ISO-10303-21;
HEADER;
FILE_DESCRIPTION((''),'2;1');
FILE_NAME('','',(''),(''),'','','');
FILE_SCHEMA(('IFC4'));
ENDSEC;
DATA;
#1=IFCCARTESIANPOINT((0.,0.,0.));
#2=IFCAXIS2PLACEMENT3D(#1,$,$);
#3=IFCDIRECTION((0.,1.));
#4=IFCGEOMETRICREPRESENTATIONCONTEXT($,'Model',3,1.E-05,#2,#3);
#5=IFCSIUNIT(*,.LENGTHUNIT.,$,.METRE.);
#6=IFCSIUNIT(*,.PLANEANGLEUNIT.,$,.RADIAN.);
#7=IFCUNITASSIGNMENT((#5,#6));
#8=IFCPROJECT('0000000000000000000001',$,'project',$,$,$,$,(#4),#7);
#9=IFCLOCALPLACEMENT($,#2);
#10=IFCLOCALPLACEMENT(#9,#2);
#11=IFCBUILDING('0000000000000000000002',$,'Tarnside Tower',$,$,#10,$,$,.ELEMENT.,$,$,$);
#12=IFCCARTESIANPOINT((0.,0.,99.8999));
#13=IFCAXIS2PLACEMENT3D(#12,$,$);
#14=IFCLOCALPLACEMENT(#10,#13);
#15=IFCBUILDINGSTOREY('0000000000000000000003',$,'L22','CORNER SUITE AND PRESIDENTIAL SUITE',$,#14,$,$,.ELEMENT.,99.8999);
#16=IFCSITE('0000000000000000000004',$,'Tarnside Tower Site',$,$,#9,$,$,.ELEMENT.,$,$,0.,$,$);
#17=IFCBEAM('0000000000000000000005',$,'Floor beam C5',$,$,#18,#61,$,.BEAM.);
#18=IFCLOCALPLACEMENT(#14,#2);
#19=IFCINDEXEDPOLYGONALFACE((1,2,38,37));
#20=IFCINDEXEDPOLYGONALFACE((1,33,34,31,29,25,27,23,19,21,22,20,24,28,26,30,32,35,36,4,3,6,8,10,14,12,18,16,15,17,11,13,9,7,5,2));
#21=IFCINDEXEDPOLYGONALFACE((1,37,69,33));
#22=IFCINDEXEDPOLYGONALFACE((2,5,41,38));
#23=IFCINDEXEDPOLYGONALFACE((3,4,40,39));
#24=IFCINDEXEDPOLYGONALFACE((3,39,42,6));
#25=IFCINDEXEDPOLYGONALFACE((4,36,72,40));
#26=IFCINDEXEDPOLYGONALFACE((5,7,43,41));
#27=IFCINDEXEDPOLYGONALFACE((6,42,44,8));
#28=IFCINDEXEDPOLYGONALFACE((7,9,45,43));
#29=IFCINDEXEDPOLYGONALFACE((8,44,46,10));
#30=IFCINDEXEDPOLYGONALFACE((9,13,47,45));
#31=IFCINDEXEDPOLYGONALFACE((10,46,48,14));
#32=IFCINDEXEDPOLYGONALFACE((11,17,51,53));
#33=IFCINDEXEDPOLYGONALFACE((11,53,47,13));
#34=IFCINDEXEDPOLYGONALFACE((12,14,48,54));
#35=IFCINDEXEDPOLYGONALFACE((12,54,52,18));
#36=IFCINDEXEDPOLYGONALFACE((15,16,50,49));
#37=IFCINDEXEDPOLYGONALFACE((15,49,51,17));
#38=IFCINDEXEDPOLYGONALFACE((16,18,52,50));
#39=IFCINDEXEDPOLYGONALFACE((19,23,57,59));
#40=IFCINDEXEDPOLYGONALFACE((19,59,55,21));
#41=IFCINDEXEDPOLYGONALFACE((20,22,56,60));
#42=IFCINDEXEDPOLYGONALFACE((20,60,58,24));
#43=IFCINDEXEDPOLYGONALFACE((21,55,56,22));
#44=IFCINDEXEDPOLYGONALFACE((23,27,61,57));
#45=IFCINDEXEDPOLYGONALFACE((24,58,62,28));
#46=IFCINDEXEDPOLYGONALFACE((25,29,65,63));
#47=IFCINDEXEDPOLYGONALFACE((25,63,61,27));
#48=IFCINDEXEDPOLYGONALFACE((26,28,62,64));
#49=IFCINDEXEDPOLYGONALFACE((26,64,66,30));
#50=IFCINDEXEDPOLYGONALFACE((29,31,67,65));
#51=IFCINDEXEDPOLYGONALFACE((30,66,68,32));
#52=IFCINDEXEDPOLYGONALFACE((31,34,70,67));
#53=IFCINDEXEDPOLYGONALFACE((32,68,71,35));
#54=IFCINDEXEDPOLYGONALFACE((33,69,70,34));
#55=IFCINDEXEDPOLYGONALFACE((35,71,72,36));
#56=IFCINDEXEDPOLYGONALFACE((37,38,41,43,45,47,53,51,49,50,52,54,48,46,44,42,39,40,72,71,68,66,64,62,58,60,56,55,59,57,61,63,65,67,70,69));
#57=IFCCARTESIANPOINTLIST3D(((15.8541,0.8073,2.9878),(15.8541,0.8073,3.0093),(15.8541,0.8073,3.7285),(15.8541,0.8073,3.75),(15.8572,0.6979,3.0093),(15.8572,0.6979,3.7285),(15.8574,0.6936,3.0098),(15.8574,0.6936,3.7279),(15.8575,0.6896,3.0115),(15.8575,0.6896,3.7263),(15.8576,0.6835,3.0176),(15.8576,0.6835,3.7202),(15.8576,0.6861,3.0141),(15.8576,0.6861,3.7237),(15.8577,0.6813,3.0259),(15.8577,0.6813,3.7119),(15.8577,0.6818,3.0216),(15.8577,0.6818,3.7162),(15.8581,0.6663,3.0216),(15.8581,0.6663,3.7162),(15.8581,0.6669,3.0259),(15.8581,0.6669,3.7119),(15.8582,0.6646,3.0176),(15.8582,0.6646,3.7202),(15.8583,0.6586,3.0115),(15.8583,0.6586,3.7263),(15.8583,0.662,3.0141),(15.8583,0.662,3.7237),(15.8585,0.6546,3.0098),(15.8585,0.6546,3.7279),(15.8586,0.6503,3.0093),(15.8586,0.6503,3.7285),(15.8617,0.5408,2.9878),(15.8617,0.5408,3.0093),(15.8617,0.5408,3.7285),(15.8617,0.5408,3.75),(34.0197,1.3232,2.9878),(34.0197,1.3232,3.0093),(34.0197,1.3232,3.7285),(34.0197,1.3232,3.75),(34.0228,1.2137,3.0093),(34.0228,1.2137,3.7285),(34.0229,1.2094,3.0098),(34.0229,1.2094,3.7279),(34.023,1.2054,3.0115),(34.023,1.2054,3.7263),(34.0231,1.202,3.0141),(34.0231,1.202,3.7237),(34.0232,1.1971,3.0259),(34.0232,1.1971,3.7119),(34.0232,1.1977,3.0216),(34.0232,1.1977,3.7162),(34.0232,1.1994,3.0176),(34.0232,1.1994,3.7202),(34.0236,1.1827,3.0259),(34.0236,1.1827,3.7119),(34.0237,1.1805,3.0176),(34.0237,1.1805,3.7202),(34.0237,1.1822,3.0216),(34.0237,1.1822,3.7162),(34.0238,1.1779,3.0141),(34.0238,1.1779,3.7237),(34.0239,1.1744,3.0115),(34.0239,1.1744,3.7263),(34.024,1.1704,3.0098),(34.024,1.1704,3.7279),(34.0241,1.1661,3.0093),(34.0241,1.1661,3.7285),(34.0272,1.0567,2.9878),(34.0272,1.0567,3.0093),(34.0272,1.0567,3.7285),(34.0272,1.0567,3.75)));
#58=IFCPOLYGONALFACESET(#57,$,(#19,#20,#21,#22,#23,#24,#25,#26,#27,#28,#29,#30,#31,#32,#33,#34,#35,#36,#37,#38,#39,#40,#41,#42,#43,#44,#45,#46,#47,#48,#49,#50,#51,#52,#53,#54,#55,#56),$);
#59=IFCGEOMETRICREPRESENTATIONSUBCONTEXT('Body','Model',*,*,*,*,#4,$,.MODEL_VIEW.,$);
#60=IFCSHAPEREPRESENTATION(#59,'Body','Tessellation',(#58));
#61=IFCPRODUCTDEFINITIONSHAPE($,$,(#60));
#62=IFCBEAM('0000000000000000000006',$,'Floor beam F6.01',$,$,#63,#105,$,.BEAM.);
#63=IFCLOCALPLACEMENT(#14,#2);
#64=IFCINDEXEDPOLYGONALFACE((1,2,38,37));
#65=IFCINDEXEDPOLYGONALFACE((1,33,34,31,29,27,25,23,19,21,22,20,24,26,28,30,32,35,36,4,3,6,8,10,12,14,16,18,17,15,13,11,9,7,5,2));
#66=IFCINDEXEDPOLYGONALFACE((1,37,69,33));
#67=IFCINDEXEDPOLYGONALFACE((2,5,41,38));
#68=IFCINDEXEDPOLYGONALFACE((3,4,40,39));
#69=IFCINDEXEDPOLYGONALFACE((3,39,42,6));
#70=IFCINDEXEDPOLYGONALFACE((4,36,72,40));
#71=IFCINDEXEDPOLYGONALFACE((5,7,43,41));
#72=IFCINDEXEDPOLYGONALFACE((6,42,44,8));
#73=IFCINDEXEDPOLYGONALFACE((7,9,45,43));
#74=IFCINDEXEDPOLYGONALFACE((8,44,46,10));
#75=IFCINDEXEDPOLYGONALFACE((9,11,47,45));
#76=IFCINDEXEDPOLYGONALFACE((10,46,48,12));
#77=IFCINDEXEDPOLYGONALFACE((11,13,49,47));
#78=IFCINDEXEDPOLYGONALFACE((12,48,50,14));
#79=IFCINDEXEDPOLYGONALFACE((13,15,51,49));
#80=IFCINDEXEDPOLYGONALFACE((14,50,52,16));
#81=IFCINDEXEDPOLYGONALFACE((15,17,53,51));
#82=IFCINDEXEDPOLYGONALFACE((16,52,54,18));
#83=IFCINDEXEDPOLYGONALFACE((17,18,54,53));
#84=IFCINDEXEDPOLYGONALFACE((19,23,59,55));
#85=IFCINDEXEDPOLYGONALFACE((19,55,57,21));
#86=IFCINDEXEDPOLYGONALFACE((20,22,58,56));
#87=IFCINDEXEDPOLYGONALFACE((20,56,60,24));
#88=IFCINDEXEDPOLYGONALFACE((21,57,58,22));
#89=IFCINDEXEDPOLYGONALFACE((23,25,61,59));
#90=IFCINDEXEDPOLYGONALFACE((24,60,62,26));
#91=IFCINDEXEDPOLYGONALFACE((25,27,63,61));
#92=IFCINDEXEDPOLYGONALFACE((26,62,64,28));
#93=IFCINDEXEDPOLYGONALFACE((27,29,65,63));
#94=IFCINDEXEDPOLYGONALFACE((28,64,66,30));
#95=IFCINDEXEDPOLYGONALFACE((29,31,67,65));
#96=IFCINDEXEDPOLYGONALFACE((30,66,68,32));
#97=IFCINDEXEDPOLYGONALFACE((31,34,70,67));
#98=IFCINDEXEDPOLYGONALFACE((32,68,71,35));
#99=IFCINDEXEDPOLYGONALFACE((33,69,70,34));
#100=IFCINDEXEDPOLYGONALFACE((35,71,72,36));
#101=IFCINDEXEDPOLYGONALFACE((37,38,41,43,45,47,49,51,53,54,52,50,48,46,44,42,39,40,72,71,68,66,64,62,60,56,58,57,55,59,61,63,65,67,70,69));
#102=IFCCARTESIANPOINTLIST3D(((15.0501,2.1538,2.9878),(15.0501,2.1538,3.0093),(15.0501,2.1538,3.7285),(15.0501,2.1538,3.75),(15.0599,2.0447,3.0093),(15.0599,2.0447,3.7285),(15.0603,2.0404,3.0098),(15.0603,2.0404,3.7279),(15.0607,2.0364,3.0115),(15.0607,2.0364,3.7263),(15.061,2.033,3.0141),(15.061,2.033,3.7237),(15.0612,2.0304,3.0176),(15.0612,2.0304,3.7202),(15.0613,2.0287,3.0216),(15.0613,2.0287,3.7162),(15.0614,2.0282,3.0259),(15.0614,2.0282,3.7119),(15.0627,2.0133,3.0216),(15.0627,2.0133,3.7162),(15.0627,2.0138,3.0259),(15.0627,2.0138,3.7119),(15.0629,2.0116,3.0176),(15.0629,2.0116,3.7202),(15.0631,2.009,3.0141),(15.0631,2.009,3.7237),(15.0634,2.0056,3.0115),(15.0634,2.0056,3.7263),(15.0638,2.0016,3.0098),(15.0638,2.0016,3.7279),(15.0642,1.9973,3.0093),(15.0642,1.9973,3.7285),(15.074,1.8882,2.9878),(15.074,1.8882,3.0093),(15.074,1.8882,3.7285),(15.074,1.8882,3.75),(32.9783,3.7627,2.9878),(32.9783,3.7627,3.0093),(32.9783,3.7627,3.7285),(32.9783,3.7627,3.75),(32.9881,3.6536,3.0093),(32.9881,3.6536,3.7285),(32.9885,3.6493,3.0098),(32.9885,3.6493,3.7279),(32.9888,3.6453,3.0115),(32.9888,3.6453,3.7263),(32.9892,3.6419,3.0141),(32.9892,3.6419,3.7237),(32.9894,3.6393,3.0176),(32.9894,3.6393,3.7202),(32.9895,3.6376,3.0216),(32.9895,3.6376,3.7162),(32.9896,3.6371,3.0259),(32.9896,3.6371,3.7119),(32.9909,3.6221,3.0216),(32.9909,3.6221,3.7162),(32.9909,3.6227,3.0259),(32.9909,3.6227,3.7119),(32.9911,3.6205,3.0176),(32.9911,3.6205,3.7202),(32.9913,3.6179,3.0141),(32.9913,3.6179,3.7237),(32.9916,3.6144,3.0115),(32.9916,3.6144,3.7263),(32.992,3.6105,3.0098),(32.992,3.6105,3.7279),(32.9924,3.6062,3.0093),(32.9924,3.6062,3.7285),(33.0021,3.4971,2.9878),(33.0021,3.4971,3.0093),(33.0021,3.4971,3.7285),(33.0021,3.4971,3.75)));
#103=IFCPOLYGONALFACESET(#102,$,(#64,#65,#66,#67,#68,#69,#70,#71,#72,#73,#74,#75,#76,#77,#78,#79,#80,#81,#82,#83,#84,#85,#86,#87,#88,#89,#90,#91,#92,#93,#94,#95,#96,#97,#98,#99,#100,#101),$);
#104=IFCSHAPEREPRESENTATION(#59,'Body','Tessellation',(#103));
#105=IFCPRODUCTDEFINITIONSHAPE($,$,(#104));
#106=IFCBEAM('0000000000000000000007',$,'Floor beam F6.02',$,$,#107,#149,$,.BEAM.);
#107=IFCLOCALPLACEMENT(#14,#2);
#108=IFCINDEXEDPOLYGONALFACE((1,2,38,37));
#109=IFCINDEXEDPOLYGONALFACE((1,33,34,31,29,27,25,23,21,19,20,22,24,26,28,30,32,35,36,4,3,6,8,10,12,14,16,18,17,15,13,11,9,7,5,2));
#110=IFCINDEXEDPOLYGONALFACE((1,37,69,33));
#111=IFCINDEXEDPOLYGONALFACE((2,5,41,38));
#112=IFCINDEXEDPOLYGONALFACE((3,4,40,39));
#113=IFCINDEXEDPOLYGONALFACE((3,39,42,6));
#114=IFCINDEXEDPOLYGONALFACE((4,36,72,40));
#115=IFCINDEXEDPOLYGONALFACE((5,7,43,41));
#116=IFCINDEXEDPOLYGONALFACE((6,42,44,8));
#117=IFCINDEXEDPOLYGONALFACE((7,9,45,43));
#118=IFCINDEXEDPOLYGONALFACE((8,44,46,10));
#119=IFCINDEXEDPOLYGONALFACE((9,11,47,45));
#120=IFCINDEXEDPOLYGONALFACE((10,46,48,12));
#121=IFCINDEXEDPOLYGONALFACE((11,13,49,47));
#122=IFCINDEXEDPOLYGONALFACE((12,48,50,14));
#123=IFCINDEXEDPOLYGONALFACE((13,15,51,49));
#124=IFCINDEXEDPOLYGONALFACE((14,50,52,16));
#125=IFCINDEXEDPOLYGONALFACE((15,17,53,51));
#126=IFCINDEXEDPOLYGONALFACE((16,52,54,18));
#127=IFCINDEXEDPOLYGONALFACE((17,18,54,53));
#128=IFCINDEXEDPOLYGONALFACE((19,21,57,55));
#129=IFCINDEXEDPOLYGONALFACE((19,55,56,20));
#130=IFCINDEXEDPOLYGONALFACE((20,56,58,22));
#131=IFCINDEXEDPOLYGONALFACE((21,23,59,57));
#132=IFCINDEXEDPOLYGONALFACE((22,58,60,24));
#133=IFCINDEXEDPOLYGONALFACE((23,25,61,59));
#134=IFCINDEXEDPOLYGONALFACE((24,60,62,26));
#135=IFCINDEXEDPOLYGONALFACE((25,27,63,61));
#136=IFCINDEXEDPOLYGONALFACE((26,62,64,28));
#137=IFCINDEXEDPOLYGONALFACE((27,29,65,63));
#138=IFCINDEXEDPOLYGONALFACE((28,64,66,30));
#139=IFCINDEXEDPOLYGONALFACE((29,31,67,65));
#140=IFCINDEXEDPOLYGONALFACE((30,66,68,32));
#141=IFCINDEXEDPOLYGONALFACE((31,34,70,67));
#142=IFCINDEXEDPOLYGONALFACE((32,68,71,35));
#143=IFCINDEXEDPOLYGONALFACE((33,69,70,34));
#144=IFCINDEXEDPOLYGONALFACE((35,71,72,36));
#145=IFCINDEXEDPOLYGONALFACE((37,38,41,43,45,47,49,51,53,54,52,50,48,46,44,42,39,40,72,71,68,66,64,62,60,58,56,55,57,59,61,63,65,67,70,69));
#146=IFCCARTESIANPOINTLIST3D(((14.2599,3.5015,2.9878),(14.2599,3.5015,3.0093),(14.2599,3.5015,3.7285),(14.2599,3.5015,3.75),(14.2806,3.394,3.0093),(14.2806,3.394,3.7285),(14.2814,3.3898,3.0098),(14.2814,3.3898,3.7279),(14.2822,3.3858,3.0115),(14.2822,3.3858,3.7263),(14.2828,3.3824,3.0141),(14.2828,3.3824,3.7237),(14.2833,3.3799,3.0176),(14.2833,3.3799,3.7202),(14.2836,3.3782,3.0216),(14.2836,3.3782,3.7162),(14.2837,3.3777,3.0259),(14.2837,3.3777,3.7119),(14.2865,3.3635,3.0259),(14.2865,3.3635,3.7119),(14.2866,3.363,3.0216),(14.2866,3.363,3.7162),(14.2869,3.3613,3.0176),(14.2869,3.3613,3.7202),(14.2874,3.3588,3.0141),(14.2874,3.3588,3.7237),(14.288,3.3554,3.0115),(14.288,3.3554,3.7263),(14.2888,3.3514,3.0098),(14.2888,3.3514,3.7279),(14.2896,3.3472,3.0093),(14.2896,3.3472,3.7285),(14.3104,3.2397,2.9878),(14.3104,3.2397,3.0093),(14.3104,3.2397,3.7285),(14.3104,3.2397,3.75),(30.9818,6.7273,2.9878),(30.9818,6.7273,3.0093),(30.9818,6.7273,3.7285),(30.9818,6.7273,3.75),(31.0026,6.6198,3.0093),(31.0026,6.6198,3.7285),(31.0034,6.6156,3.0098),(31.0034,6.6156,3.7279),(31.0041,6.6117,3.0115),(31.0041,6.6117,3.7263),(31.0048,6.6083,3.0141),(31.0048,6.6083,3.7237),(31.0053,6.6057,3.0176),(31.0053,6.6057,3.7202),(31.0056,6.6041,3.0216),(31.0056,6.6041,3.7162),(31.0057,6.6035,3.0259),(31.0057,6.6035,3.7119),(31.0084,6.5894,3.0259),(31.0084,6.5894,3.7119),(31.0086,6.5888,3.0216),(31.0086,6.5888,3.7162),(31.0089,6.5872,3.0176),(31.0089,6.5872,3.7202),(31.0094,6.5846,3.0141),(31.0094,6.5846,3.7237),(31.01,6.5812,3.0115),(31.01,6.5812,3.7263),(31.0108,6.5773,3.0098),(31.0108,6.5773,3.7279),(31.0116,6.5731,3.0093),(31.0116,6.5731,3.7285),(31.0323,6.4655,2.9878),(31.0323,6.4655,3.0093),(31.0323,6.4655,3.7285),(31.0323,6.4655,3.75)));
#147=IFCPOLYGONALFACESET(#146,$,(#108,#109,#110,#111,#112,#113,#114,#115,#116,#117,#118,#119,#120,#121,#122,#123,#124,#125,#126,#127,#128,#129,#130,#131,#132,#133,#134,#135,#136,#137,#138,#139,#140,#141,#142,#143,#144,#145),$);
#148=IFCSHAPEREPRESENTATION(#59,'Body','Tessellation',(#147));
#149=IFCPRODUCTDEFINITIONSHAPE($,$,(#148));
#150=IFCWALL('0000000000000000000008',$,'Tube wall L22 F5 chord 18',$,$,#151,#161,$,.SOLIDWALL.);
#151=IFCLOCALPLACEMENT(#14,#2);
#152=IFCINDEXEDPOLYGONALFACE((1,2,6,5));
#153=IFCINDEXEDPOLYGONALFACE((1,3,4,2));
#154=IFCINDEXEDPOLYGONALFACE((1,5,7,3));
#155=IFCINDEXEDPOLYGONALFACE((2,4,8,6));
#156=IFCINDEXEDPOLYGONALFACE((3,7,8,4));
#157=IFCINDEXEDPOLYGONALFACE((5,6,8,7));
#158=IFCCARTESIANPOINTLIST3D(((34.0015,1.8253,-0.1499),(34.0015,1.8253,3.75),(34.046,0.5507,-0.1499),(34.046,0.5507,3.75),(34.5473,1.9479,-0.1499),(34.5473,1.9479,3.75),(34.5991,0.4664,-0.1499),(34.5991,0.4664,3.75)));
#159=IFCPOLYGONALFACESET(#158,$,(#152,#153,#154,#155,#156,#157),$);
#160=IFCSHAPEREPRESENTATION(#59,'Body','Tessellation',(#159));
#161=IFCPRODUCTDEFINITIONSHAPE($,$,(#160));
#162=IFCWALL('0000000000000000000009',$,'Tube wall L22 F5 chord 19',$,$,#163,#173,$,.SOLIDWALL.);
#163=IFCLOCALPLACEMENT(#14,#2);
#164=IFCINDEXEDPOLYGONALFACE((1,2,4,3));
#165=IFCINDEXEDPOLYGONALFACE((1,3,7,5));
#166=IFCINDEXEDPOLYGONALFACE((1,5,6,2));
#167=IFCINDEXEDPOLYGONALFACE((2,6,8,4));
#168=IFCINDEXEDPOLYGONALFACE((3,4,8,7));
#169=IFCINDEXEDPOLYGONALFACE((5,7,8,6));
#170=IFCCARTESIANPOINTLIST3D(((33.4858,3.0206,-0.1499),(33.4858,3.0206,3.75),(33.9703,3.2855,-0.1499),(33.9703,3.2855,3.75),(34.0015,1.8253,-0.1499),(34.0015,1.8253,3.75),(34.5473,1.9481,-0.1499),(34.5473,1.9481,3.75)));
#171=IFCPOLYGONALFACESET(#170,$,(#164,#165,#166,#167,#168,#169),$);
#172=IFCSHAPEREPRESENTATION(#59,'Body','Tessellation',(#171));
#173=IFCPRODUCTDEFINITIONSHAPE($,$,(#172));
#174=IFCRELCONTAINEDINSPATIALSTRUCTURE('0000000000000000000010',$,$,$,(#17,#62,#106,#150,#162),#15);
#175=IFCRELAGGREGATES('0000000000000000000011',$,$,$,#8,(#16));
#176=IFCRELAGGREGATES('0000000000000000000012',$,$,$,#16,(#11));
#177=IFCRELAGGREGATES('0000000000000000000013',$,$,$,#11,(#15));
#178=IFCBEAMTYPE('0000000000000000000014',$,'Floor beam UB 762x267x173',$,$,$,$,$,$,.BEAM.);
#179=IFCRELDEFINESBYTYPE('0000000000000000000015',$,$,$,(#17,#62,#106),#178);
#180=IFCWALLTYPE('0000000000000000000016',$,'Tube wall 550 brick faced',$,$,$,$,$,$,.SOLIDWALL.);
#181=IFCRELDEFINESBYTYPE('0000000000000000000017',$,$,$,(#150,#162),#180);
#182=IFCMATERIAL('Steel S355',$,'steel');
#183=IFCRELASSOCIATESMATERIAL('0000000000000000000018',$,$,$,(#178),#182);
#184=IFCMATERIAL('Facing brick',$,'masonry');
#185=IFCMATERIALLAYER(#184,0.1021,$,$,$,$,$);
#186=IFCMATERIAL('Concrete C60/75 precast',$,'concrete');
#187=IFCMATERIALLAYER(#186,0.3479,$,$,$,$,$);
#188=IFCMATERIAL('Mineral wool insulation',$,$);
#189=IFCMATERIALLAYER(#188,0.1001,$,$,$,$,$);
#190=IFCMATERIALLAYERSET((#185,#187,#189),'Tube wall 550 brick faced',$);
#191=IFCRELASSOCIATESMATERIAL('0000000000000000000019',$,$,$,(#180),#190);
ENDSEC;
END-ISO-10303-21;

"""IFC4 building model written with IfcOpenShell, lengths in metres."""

from ifc_helpers import new_model, si_unit, direction, frame, origin, origin_2d, place, context, subcontext, project, spatial, polyline, i_section, outline, extrude, material, layer, layer_set, material_profile, profile_set, type_object, element, save


model = new_model("IFC4")

# Units and contexts
model_context = context("Model", 3, precision=1e-05, world=origin(), true_north=direction((0.0, 1.0)))
body_context = subcontext(model_context, "Body", "Model", "MODEL_VIEW")
ifc_project = project(units=[si_unit("LENGTHUNIT", "METRE"), si_unit("PLANEANGLEUNIT", "RADIAN")], contexts=[model_context])

# Site, building, storey
site_placement = place(None, origin())
site = spatial("IfcSite", under=ifc_project, at=site_placement, Name="Tarnside Tower Site", CompositionType="ELEMENT", RefElevation=0.0)
building_placement = place(site_placement, origin())
building = spatial("IfcBuilding", under=site, at=building_placement, Name="Tarnside Tower", CompositionType="ELEMENT")
storey_placement = place(building_placement, frame((0.0, 0.0, 99.8999)))
storey = spatial("IfcBuildingStorey", under=building, at=storey_placement, Name="L22", Description="CORNER SUITE AND PRESIDENTIAL SUITE", CompositionType="ELEMENT", Elevation=99.8999)

# Beams
ifc_material_1 = material(Name="Steel S355", Category="steel")
ifc_material_profile = material_profile(ifc_material_1, i_section(OverallWidth=0.2666, OverallDepth=0.7622, WebThickness=0.0144, FlangeThickness=0.0215, FilletRadius=0.0166, at=origin_2d()), Name="UB 762x267x173")
ifc_profile_set = profile_set([ifc_material_profile], Name="Steel S355")
beam_type = type_object("IfcBeamType", Name="Floor beam UB 762x267x173", PredefinedType="BEAM", material=ifc_profile_set)
beam_1_placement = place(storey_placement, frame((34.0234, 1.1899, 3.3689), z_axis=(-0.999597, -0.028387, 0.0), x_axis=(0.028387, -0.999597, 0.0)))
element("IfcBeam", 1, at=beam_1_placement, inside=storey, type_object=beam_type, Name="Floor beam C5", PredefinedType="BEAM", context=body_context, shape_type="SweptSolid", body=[
    extrude(i_section(OverallWidth=0.2666, OverallDepth=0.7622, WebThickness=0.0144, FlangeThickness=0.0215, FilletRadius=0.0166, at=origin_2d()), origin(), (0.0, 0.0, 1.0), 18.1729),
])
beam_2_placement = place(storey_placement, frame((32.9902, 3.6299, 3.3689), z_axis=(-0.995997, -0.089381, 0.0), x_axis=(0.089381, -0.995997, 0.0)))
element("IfcBeam", 2, at=beam_2_placement, inside=storey, type_object=beam_type, Name="Floor beam F6.01", PredefinedType="BEAM", context=body_context, shape_type="SweptSolid", body=[
    extrude(i_section(OverallWidth=0.2666, OverallDepth=0.7622, WebThickness=0.0144, FlangeThickness=0.0215, FilletRadius=0.0166, at=origin_2d()), origin(), (0.0, 0.0, 1.0), 18.0002),
])
beam_3_placement = place(storey_placement, frame((31.0071, 6.5964, 3.3689), z_axis=(-0.981897, -0.189418, 0.0), x_axis=(0.189418, -0.981897, 0.0)))
element("IfcBeam", 3, at=beam_3_placement, inside=storey, type_object=beam_type, Name="Floor beam F6.02", PredefinedType="BEAM", context=body_context, shape_type="SweptSolid", body=[
    extrude(i_section(OverallWidth=0.2666, OverallDepth=0.7622, WebThickness=0.0144, FlangeThickness=0.0215, FilletRadius=0.0166, at=origin_2d()), origin(), (0.0, 0.0, 1.0), 17.0303),
])

# Walls
ifc_material_2 = material(Name="Facing brick", Category="masonry")
ifc_layer_1 = layer(ifc_material_2, 0.1021)
ifc_material_3 = material(Name="Concrete C60/75 precast", Category="concrete")
ifc_layer_2 = layer(ifc_material_3, 0.3479)
ifc_material_4 = material(Name="Mineral wool insulation")
ifc_layer_3 = layer(ifc_material_4, 0.1001)
ifc_layer_set_1 = layer_set([ifc_layer_1, ifc_layer_2, ifc_layer_3], Name="Tube wall 550 brick faced")
wall_type = type_object("IfcWallType", Name="Tube wall 550 brick faced", PredefinedType="SOLIDWALL", material=ifc_layer_set_1)
wall_1_placement = place(storey_placement, frame((34.3225, 0.5085, -0.1499), z_axis=(0.0, 0.0, 1.0), x_axis=(-0.034877, 0.999392, 0.0)))
element("IfcWall", 4, at=wall_1_placement, inside=storey, type_object=wall_type, Name="Tube wall L22 F5 chord 18", PredefinedType="SOLIDWALL", context=body_context, shape_type="SweptSolid", body=[
    extrude(outline(polyline([(-0.0518, -0.2749), (1.4307, -0.2749), (1.3271, 0.2749), (0.0518, 0.2749), (-0.0518, -0.2749)])), origin(), (0.0, 0.0, 1.0), 3.8999),
])
wall_2_placement = place(storey_placement, frame((34.2744, 1.8867, -0.1499), z_axis=(0.0, 0.0, 1.0), x_axis=(-0.396161, 0.918181, 0.0)))
element("IfcWall", 5, at=wall_2_placement, inside=storey, type_object=wall_type, Name="Tube wall L22 F5 chord 19", PredefinedType="SOLIDWALL", context=body_context, shape_type="SweptSolid", body=[
    extrude(outline(polyline([(-0.0518, -0.2749), (1.4048, -0.2749), (1.3535, 0.2749), (0.0518, 0.2749), (-0.0518, -0.2749)])), origin(), (0.0, 0.0, 1.0), 3.8999),
])

save(model, "model.ifc")
